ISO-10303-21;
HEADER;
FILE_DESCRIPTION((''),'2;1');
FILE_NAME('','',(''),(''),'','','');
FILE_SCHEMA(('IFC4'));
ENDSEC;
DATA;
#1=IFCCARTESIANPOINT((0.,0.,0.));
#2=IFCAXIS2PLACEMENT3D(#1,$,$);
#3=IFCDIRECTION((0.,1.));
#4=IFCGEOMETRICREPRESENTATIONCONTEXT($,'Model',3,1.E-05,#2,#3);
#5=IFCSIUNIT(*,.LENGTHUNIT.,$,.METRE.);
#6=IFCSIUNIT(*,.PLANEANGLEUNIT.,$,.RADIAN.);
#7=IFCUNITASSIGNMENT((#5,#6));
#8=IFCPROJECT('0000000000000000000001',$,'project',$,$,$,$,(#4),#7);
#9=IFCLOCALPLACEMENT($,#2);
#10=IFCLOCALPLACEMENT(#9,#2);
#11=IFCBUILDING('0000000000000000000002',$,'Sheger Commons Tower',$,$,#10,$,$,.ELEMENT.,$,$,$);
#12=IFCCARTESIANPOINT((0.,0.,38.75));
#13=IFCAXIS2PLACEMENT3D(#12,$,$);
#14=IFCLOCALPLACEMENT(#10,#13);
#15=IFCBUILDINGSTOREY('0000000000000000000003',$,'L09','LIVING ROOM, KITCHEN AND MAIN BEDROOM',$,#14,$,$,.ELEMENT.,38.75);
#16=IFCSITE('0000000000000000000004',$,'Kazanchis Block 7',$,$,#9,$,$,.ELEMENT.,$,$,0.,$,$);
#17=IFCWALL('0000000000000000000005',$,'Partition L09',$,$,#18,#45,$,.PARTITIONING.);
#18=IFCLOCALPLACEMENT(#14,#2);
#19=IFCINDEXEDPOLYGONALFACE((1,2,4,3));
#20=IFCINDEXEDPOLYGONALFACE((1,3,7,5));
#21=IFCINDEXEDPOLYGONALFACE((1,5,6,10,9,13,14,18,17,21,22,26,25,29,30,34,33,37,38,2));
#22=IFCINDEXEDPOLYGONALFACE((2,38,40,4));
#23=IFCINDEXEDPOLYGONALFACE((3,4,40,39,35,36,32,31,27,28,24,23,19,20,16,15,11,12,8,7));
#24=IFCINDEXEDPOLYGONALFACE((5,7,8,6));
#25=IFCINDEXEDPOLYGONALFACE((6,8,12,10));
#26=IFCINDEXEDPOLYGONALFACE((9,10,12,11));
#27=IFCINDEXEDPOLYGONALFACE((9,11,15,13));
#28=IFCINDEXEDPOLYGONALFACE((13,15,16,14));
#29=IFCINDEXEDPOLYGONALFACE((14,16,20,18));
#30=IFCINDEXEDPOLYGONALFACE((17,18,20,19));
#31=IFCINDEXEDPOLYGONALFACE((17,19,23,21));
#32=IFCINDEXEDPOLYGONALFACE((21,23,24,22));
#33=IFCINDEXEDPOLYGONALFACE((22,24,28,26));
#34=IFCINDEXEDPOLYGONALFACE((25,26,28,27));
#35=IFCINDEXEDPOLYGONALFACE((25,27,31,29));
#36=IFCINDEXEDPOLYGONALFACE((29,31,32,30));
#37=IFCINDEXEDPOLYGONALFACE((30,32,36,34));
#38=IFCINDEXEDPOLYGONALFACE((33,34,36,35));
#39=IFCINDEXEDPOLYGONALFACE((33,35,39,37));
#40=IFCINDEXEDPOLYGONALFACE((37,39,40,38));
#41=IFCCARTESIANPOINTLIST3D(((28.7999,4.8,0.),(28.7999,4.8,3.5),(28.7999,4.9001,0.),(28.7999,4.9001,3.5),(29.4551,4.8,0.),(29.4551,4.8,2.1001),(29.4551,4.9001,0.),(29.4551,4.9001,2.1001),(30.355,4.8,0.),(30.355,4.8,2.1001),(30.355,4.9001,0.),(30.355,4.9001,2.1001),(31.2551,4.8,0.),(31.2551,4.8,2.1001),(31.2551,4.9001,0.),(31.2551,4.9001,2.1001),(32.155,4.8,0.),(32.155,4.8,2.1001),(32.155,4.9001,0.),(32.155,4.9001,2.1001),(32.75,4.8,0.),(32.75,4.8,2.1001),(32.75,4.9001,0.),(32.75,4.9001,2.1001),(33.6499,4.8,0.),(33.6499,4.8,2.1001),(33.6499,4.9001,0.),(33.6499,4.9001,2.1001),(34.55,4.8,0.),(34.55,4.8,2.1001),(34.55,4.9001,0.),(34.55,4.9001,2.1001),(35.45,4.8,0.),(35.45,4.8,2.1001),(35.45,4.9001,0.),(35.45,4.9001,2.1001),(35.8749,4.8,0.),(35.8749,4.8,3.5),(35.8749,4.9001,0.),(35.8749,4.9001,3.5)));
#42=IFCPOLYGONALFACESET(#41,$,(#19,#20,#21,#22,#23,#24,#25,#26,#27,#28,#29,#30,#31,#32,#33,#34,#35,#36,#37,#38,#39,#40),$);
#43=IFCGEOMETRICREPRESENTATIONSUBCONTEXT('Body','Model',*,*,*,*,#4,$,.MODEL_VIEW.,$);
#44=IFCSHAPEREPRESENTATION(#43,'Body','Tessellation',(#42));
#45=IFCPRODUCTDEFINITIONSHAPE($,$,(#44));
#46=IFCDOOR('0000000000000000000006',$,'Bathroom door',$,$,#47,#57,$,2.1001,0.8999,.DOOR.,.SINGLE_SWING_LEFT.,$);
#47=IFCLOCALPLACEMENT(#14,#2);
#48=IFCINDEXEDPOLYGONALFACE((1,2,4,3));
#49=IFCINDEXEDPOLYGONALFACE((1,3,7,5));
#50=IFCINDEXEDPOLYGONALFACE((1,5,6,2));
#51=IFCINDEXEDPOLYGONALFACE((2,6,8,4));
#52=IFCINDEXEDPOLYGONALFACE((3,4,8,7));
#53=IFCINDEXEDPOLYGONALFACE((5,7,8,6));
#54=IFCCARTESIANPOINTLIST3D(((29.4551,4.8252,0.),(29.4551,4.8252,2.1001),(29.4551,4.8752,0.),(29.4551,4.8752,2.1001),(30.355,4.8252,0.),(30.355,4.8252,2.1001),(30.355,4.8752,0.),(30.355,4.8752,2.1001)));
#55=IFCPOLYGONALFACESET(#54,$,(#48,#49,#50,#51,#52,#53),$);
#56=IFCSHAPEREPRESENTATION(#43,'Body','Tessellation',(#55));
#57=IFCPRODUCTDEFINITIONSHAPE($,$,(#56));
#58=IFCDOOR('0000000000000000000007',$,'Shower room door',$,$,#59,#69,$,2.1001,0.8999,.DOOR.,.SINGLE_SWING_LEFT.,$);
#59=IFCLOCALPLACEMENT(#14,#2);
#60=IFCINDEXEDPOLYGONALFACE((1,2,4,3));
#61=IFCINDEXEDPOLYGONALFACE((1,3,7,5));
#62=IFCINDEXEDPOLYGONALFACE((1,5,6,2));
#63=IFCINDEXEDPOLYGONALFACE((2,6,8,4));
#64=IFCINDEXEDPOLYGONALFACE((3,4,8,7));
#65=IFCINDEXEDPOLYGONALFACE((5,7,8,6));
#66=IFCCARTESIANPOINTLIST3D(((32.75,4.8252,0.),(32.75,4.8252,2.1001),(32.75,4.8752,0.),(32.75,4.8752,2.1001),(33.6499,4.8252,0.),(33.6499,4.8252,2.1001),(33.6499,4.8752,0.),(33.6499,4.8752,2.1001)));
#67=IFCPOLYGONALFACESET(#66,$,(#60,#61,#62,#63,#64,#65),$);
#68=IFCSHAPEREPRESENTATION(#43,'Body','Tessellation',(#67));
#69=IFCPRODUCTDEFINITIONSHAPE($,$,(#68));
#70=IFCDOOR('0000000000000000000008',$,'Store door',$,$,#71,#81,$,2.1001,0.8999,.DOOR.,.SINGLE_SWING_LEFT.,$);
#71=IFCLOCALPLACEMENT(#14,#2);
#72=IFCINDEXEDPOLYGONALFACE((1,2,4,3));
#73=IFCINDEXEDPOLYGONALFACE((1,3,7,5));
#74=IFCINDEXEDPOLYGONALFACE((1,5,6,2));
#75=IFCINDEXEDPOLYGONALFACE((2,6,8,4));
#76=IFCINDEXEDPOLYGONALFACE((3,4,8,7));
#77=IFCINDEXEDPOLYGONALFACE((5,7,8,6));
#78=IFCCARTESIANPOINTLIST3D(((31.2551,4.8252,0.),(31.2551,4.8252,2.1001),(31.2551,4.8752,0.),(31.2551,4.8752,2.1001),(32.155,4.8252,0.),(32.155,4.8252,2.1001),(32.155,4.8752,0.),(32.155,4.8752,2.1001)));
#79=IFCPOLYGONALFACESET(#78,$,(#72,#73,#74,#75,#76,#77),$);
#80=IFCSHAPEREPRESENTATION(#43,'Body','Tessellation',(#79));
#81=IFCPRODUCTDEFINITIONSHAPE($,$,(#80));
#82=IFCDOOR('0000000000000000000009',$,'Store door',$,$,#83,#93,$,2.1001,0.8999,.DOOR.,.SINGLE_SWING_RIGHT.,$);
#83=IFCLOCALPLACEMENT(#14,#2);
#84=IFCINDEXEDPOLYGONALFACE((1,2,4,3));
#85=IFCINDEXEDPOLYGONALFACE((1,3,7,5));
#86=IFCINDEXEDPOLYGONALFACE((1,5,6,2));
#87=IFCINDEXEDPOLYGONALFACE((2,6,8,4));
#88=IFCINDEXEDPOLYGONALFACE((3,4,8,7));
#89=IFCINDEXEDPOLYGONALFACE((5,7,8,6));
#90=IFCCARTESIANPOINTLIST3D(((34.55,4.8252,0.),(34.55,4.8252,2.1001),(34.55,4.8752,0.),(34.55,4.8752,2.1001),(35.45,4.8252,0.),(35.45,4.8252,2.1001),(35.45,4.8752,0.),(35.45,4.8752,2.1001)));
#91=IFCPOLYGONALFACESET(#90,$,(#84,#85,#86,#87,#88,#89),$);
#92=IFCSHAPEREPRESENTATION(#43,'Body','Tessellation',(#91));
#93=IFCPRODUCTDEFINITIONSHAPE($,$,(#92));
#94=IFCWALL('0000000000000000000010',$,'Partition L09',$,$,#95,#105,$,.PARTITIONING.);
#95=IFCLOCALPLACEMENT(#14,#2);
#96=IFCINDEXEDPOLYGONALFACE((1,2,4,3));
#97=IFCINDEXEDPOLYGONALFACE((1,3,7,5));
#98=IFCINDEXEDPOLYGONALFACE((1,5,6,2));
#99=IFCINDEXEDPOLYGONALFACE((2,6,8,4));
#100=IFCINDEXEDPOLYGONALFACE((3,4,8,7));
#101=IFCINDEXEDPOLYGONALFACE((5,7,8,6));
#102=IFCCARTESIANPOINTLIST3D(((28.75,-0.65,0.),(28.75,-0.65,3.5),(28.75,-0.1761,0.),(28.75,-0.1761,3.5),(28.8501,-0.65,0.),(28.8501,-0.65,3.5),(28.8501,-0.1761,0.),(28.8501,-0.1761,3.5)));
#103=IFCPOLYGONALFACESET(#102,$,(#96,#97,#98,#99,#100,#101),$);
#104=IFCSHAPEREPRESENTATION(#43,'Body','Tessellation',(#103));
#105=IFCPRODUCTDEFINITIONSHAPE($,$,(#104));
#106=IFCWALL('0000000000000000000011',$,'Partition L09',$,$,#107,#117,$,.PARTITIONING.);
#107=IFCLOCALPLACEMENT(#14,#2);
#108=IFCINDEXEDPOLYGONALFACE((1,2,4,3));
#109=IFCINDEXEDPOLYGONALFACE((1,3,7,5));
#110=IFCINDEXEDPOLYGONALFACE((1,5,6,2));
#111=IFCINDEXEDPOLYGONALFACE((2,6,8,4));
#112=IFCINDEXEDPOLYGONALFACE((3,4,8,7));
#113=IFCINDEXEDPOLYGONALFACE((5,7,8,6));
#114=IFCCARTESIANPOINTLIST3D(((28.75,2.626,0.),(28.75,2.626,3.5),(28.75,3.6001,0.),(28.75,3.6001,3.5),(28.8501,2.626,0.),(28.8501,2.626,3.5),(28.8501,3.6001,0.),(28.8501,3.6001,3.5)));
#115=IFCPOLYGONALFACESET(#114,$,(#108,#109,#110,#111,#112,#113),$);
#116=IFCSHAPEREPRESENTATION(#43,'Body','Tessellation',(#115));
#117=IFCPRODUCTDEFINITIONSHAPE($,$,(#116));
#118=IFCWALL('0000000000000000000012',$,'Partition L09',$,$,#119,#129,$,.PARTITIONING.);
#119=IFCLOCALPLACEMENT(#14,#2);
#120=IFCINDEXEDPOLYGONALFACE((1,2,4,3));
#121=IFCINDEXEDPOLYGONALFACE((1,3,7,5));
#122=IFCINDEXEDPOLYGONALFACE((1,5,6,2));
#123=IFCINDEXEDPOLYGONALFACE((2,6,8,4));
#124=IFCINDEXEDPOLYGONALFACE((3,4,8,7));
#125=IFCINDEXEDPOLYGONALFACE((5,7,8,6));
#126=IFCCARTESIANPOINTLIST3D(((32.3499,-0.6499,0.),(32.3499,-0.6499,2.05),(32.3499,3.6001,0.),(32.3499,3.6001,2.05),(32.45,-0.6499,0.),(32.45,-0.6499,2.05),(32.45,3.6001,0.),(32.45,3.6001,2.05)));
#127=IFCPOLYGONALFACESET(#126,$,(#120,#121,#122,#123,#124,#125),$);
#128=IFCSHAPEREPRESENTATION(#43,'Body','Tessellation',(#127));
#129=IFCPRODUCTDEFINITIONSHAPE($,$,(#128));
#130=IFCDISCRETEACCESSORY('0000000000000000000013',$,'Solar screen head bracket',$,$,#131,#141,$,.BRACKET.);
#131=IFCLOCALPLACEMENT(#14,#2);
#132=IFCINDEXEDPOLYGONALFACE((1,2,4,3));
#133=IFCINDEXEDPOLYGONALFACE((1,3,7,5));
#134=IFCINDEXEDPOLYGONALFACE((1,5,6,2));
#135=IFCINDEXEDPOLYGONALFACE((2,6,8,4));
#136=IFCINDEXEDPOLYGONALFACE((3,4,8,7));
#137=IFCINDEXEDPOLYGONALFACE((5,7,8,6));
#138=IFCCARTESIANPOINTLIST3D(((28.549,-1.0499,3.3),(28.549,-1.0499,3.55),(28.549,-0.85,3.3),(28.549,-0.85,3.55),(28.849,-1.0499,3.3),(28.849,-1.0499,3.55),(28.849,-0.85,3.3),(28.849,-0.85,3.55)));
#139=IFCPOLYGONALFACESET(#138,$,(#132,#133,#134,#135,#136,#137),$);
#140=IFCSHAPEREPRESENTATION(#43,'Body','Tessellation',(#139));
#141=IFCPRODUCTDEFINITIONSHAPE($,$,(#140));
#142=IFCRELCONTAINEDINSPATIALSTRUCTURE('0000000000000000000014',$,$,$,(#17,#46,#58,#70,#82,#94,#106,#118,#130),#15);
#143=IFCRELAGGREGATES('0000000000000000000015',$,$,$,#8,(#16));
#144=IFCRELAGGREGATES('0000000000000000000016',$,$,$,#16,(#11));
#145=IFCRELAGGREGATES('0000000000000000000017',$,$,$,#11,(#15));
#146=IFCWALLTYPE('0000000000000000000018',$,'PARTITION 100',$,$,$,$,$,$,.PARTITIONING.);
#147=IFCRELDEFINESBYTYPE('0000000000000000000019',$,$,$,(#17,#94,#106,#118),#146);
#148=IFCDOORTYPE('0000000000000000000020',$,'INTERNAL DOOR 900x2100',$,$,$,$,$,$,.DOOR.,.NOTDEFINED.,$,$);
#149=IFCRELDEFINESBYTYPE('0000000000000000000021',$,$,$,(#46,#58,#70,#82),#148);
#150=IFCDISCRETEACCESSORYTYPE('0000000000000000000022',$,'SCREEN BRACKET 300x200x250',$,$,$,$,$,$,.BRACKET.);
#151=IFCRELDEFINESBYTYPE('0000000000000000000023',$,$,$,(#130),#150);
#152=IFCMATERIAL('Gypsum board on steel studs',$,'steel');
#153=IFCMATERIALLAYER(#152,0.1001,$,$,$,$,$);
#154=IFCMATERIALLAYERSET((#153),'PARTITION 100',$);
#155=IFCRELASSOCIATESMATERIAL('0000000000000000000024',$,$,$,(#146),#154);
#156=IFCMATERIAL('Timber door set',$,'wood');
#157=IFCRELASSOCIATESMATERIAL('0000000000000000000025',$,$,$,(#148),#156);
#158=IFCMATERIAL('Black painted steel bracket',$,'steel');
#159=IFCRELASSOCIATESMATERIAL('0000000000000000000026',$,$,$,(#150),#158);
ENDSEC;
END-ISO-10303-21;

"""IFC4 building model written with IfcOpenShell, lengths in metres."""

from ifc_helpers import new_model, si_unit, direction, frame, frame_2d, origin, origin_2d, place, context, subcontext, project, spatial, rectangle, extrude, material, layer, layer_set, type_object, element, fill, save


model = new_model("IFC4")

# Units and contexts
model_context = context("Model", 3, precision=1e-05, world=origin(), true_north=direction((0.0, 1.0)))
body_context = subcontext(model_context, "Body", "Model", "MODEL_VIEW")
ifc_project = project(units=[si_unit("LENGTHUNIT", "METRE"), si_unit("PLANEANGLEUNIT", "RADIAN")], contexts=[model_context])

# Site, building, storey
site_placement = place(None, origin())
site = spatial("IfcSite", under=ifc_project, at=site_placement, Name="Kazanchis Block 7", CompositionType="ELEMENT", RefElevation=0.0)
building_placement = place(site_placement, origin())
building = spatial("IfcBuilding", under=site, at=building_placement, Name="Sheger Commons Tower", CompositionType="ELEMENT")
storey_placement = place(building_placement, frame((0.0, 0.0, 38.75)))
storey = spatial("IfcBuildingStorey", under=building, at=storey_placement, Name="L09", Description="LIVING ROOM, KITCHEN AND MAIN BEDROOM", CompositionType="ELEMENT", Elevation=38.75)

# Wall, openings, doors
ifc_material_1 = material(Name="Gypsum board on steel studs", Category="steel")
ifc_layer_1 = layer(ifc_material_1, 0.1001)
ifc_layer_set_1 = layer_set([ifc_layer_1], Name="PARTITION 100")
wall_type_1 = type_object("IfcWallType", Name="PARTITION 100", PredefinedType="PARTITIONING", material=ifc_layer_set_1)
ifc_material_2 = material(Name="Timber door set", Category="wood")
door_type = type_object("IfcDoorType", Name="INTERNAL DOOR 900x2100", OperationType="NOTDEFINED", PredefinedType="DOOR", material=ifc_material_2)
wall_1_placement = place(storey_placement, frame((35.875, 4.8501, 0.0), z_axis=(0.0, 0.0, 1.0), x_axis=(-1.0, 0.0, 0.0)))
wall_1 = element("IfcWall", 1, at=wall_1_placement, inside=storey, type_object=wall_type_1, Name="Partition L09", PredefinedType="PARTITIONING", context=body_context, shape_type="SweptSolid", body=[
    extrude(rectangle(XDim=7.075, YDim=0.1001, at=frame_2d((3.5376, 0.0))), origin(), (0.0, 0.0, 1.0), 3.5),
])
opening_1_placement = place(wall_1_placement, frame((5.52, 0.0, 0.0)))
opening_1 = element("IfcOpeningElement", 2, at=opening_1_placement, cuts=wall_1, PredefinedType="OPENING", context=body_context, shape_type="SweptSolid", body=[
    extrude(rectangle(XDim=0.8999, YDim=2.1001, at=frame_2d((0.45, 1.05))), frame((0.0, 0.0601, 0.0), z_axis=(0.0, -1.0, 0.0), x_axis=(1.0, 0.0, 0.0)), (0.0, 0.0, 1.0), 0.1201),
])
opening_2_placement = place(wall_1_placement, frame((2.2251, 0.0, 0.0)))
opening_2 = element("IfcOpeningElement", 3, at=opening_2_placement, cuts=wall_1, PredefinedType="OPENING", context=body_context, shape_type="SweptSolid", body=[
    extrude(rectangle(XDim=0.8999, YDim=2.1001, at=frame_2d((0.45, 1.05))), frame((0.0, 0.0601, 0.0), z_axis=(0.0, -1.0, 0.0), x_axis=(1.0, 0.0, 0.0)), (0.0, 0.0, 1.0), 0.1201),
])
opening_3_placement = place(wall_1_placement, frame((3.72, 0.0, 0.0)))
opening_3 = element("IfcOpeningElement", 4, at=opening_3_placement, cuts=wall_1, PredefinedType="OPENING", context=body_context, shape_type="SweptSolid", body=[
    extrude(rectangle(XDim=0.8999, YDim=2.1001, at=frame_2d((0.45, 1.05))), frame((0.0, 0.0601, 0.0), z_axis=(0.0, -1.0, 0.0), x_axis=(1.0, 0.0, 0.0)), (0.0, 0.0, 1.0), 0.1201),
])
opening_4_placement = place(wall_1_placement, frame((0.425, 0.0, 0.0)))
opening_4 = element("IfcOpeningElement", 5, at=opening_4_placement, cuts=wall_1, PredefinedType="OPENING", context=body_context, shape_type="SweptSolid", body=[
    extrude(rectangle(XDim=0.8999, YDim=2.1001, at=frame_2d((0.45, 1.05))), frame((0.0, 0.0601, 0.0), z_axis=(0.0, -1.0, 0.0), x_axis=(1.0, 0.0, 0.0)), (0.0, 0.0, 1.0), 0.1201),
])
door_1_placement = place(opening_1_placement, origin())
door_1 = element("IfcDoor", 6, at=door_1_placement, inside=storey, type_object=door_type, Name="Bathroom door", OperationType="SINGLE_SWING_LEFT", OverallHeight=2.1001, OverallWidth=0.8999, PredefinedType="DOOR", context=body_context, shape_type="SweptSolid", body=[
    extrude(rectangle(XDim=0.8999, YDim=2.1001, at=frame_2d((0.45, 1.05))), frame((0.0, 0.0249, 0.0), z_axis=(0.0, -1.0, 0.0), x_axis=(1.0, 0.0, 0.0)), (0.0, 0.0, 1.0), 0.05),
])
fill(opening_1, door_1)
door_2_placement = place(opening_2_placement, origin())
door_2 = element("IfcDoor", 7, at=door_2_placement, inside=storey, type_object=door_type, Name="Shower room door", OperationType="SINGLE_SWING_LEFT", OverallHeight=2.1001, OverallWidth=0.8999, PredefinedType="DOOR", context=body_context, shape_type="SweptSolid", body=[
    extrude(rectangle(XDim=0.8999, YDim=2.1001, at=frame_2d((0.45, 1.05))), frame((0.0, 0.0249, 0.0), z_axis=(0.0, -1.0, 0.0), x_axis=(1.0, 0.0, 0.0)), (0.0, 0.0, 1.0), 0.05),
])
fill(opening_2, door_2)
door_3_placement = place(opening_3_placement, origin())
door_3 = element("IfcDoor", 8, at=door_3_placement, inside=storey, type_object=door_type, Name="Store door", OperationType="SINGLE_SWING_LEFT", OverallHeight=2.1001, OverallWidth=0.8999, PredefinedType="DOOR", context=body_context, shape_type="SweptSolid", body=[
    extrude(rectangle(XDim=0.8999, YDim=2.1001, at=frame_2d((0.45, 1.05))), frame((0.0, 0.0249, 0.0), z_axis=(0.0, -1.0, 0.0), x_axis=(1.0, 0.0, 0.0)), (0.0, 0.0, 1.0), 0.05),
])
fill(opening_3, door_3)
door_4_placement = place(opening_4_placement, origin())
door_4 = element("IfcDoor", 9, at=door_4_placement, inside=storey, type_object=door_type, Name="Store door", OperationType="SINGLE_SWING_RIGHT", OverallHeight=2.1001, OverallWidth=0.8999, PredefinedType="DOOR", context=body_context, shape_type="SweptSolid", body=[
    extrude(rectangle(XDim=0.8999, YDim=2.1001, at=frame_2d((0.45, 1.05))), frame((0.0, 0.0249, 0.0), z_axis=(0.0, -1.0, 0.0), x_axis=(1.0, 0.0, 0.0)), (0.0, 0.0, 1.0), 0.05),
])
fill(opening_4, door_4)

# Walls
wall_2_placement = place(storey_placement, frame((28.8, -0.6499, 0.0), z_axis=(0.0, 0.0, 1.0), x_axis=(0.0, 1.0, 0.0)))
element("IfcWall", 10, at=wall_2_placement, inside=storey, type_object=wall_type_1, Name="Partition L09", PredefinedType="PARTITIONING", context=body_context, shape_type="SweptSolid", body=[
    extrude(rectangle(XDim=0.4739, YDim=0.1001, at=frame_2d((0.2368, 0.0))), origin(), (0.0, 0.0, 1.0), 3.5),
])
wall_3_placement = place(storey_placement, frame((28.8, 2.626, 0.0), z_axis=(0.0, 0.0, 1.0), x_axis=(0.0, 1.0, 0.0)))
element("IfcWall", 11, at=wall_3_placement, inside=storey, type_object=wall_type_1, Name="Partition L09", PredefinedType="PARTITIONING", context=body_context, shape_type="SweptSolid", body=[
    extrude(rectangle(XDim=0.9741, YDim=0.1001, at=frame_2d((0.4871, 0.0))), origin(), (0.0, 0.0, 1.0), 3.5),
])
wall_4_placement = place(storey_placement, frame((32.3999, -0.6499, 0.0), z_axis=(0.0, 0.0, 1.0), x_axis=(0.0, 1.0, 0.0)))
element("IfcWall", 12, at=wall_4_placement, inside=storey, type_object=wall_type_1, Name="Partition L09", PredefinedType="PARTITIONING", context=body_context, shape_type="SweptSolid", body=[
    extrude(rectangle(XDim=4.25, YDim=0.1001, at=frame_2d((2.125, 0.0))), origin(), (0.0, 0.0, 1.0), 2.05),
])

# Discrete accessory
ifc_material_3 = material(Name="Black painted steel bracket", Category="steel")
discrete_accessory_type = type_object("IfcDiscreteAccessoryType", Name="SCREEN BRACKET 300x200x250", PredefinedType="BRACKET", material=ifc_material_3)
discrete_accessory_placement = place(storey_placement, frame((28.699, -0.95, 3.3), z_axis=(0.0, 0.0, 1.0), x_axis=(1.0, 0.0, 0.0)))
element("IfcDiscreteAccessory", 13, at=discrete_accessory_placement, inside=storey, type_object=discrete_accessory_type, Name="Solar screen head bracket", PredefinedType="BRACKET", context=body_context, shape_type="SweptSolid", body=[
    extrude(rectangle(XDim=0.3, YDim=0.2, at=origin_2d()), origin(), (0.0, 0.0, 1.0), 0.25),
])

save(model, "model.ifc")
